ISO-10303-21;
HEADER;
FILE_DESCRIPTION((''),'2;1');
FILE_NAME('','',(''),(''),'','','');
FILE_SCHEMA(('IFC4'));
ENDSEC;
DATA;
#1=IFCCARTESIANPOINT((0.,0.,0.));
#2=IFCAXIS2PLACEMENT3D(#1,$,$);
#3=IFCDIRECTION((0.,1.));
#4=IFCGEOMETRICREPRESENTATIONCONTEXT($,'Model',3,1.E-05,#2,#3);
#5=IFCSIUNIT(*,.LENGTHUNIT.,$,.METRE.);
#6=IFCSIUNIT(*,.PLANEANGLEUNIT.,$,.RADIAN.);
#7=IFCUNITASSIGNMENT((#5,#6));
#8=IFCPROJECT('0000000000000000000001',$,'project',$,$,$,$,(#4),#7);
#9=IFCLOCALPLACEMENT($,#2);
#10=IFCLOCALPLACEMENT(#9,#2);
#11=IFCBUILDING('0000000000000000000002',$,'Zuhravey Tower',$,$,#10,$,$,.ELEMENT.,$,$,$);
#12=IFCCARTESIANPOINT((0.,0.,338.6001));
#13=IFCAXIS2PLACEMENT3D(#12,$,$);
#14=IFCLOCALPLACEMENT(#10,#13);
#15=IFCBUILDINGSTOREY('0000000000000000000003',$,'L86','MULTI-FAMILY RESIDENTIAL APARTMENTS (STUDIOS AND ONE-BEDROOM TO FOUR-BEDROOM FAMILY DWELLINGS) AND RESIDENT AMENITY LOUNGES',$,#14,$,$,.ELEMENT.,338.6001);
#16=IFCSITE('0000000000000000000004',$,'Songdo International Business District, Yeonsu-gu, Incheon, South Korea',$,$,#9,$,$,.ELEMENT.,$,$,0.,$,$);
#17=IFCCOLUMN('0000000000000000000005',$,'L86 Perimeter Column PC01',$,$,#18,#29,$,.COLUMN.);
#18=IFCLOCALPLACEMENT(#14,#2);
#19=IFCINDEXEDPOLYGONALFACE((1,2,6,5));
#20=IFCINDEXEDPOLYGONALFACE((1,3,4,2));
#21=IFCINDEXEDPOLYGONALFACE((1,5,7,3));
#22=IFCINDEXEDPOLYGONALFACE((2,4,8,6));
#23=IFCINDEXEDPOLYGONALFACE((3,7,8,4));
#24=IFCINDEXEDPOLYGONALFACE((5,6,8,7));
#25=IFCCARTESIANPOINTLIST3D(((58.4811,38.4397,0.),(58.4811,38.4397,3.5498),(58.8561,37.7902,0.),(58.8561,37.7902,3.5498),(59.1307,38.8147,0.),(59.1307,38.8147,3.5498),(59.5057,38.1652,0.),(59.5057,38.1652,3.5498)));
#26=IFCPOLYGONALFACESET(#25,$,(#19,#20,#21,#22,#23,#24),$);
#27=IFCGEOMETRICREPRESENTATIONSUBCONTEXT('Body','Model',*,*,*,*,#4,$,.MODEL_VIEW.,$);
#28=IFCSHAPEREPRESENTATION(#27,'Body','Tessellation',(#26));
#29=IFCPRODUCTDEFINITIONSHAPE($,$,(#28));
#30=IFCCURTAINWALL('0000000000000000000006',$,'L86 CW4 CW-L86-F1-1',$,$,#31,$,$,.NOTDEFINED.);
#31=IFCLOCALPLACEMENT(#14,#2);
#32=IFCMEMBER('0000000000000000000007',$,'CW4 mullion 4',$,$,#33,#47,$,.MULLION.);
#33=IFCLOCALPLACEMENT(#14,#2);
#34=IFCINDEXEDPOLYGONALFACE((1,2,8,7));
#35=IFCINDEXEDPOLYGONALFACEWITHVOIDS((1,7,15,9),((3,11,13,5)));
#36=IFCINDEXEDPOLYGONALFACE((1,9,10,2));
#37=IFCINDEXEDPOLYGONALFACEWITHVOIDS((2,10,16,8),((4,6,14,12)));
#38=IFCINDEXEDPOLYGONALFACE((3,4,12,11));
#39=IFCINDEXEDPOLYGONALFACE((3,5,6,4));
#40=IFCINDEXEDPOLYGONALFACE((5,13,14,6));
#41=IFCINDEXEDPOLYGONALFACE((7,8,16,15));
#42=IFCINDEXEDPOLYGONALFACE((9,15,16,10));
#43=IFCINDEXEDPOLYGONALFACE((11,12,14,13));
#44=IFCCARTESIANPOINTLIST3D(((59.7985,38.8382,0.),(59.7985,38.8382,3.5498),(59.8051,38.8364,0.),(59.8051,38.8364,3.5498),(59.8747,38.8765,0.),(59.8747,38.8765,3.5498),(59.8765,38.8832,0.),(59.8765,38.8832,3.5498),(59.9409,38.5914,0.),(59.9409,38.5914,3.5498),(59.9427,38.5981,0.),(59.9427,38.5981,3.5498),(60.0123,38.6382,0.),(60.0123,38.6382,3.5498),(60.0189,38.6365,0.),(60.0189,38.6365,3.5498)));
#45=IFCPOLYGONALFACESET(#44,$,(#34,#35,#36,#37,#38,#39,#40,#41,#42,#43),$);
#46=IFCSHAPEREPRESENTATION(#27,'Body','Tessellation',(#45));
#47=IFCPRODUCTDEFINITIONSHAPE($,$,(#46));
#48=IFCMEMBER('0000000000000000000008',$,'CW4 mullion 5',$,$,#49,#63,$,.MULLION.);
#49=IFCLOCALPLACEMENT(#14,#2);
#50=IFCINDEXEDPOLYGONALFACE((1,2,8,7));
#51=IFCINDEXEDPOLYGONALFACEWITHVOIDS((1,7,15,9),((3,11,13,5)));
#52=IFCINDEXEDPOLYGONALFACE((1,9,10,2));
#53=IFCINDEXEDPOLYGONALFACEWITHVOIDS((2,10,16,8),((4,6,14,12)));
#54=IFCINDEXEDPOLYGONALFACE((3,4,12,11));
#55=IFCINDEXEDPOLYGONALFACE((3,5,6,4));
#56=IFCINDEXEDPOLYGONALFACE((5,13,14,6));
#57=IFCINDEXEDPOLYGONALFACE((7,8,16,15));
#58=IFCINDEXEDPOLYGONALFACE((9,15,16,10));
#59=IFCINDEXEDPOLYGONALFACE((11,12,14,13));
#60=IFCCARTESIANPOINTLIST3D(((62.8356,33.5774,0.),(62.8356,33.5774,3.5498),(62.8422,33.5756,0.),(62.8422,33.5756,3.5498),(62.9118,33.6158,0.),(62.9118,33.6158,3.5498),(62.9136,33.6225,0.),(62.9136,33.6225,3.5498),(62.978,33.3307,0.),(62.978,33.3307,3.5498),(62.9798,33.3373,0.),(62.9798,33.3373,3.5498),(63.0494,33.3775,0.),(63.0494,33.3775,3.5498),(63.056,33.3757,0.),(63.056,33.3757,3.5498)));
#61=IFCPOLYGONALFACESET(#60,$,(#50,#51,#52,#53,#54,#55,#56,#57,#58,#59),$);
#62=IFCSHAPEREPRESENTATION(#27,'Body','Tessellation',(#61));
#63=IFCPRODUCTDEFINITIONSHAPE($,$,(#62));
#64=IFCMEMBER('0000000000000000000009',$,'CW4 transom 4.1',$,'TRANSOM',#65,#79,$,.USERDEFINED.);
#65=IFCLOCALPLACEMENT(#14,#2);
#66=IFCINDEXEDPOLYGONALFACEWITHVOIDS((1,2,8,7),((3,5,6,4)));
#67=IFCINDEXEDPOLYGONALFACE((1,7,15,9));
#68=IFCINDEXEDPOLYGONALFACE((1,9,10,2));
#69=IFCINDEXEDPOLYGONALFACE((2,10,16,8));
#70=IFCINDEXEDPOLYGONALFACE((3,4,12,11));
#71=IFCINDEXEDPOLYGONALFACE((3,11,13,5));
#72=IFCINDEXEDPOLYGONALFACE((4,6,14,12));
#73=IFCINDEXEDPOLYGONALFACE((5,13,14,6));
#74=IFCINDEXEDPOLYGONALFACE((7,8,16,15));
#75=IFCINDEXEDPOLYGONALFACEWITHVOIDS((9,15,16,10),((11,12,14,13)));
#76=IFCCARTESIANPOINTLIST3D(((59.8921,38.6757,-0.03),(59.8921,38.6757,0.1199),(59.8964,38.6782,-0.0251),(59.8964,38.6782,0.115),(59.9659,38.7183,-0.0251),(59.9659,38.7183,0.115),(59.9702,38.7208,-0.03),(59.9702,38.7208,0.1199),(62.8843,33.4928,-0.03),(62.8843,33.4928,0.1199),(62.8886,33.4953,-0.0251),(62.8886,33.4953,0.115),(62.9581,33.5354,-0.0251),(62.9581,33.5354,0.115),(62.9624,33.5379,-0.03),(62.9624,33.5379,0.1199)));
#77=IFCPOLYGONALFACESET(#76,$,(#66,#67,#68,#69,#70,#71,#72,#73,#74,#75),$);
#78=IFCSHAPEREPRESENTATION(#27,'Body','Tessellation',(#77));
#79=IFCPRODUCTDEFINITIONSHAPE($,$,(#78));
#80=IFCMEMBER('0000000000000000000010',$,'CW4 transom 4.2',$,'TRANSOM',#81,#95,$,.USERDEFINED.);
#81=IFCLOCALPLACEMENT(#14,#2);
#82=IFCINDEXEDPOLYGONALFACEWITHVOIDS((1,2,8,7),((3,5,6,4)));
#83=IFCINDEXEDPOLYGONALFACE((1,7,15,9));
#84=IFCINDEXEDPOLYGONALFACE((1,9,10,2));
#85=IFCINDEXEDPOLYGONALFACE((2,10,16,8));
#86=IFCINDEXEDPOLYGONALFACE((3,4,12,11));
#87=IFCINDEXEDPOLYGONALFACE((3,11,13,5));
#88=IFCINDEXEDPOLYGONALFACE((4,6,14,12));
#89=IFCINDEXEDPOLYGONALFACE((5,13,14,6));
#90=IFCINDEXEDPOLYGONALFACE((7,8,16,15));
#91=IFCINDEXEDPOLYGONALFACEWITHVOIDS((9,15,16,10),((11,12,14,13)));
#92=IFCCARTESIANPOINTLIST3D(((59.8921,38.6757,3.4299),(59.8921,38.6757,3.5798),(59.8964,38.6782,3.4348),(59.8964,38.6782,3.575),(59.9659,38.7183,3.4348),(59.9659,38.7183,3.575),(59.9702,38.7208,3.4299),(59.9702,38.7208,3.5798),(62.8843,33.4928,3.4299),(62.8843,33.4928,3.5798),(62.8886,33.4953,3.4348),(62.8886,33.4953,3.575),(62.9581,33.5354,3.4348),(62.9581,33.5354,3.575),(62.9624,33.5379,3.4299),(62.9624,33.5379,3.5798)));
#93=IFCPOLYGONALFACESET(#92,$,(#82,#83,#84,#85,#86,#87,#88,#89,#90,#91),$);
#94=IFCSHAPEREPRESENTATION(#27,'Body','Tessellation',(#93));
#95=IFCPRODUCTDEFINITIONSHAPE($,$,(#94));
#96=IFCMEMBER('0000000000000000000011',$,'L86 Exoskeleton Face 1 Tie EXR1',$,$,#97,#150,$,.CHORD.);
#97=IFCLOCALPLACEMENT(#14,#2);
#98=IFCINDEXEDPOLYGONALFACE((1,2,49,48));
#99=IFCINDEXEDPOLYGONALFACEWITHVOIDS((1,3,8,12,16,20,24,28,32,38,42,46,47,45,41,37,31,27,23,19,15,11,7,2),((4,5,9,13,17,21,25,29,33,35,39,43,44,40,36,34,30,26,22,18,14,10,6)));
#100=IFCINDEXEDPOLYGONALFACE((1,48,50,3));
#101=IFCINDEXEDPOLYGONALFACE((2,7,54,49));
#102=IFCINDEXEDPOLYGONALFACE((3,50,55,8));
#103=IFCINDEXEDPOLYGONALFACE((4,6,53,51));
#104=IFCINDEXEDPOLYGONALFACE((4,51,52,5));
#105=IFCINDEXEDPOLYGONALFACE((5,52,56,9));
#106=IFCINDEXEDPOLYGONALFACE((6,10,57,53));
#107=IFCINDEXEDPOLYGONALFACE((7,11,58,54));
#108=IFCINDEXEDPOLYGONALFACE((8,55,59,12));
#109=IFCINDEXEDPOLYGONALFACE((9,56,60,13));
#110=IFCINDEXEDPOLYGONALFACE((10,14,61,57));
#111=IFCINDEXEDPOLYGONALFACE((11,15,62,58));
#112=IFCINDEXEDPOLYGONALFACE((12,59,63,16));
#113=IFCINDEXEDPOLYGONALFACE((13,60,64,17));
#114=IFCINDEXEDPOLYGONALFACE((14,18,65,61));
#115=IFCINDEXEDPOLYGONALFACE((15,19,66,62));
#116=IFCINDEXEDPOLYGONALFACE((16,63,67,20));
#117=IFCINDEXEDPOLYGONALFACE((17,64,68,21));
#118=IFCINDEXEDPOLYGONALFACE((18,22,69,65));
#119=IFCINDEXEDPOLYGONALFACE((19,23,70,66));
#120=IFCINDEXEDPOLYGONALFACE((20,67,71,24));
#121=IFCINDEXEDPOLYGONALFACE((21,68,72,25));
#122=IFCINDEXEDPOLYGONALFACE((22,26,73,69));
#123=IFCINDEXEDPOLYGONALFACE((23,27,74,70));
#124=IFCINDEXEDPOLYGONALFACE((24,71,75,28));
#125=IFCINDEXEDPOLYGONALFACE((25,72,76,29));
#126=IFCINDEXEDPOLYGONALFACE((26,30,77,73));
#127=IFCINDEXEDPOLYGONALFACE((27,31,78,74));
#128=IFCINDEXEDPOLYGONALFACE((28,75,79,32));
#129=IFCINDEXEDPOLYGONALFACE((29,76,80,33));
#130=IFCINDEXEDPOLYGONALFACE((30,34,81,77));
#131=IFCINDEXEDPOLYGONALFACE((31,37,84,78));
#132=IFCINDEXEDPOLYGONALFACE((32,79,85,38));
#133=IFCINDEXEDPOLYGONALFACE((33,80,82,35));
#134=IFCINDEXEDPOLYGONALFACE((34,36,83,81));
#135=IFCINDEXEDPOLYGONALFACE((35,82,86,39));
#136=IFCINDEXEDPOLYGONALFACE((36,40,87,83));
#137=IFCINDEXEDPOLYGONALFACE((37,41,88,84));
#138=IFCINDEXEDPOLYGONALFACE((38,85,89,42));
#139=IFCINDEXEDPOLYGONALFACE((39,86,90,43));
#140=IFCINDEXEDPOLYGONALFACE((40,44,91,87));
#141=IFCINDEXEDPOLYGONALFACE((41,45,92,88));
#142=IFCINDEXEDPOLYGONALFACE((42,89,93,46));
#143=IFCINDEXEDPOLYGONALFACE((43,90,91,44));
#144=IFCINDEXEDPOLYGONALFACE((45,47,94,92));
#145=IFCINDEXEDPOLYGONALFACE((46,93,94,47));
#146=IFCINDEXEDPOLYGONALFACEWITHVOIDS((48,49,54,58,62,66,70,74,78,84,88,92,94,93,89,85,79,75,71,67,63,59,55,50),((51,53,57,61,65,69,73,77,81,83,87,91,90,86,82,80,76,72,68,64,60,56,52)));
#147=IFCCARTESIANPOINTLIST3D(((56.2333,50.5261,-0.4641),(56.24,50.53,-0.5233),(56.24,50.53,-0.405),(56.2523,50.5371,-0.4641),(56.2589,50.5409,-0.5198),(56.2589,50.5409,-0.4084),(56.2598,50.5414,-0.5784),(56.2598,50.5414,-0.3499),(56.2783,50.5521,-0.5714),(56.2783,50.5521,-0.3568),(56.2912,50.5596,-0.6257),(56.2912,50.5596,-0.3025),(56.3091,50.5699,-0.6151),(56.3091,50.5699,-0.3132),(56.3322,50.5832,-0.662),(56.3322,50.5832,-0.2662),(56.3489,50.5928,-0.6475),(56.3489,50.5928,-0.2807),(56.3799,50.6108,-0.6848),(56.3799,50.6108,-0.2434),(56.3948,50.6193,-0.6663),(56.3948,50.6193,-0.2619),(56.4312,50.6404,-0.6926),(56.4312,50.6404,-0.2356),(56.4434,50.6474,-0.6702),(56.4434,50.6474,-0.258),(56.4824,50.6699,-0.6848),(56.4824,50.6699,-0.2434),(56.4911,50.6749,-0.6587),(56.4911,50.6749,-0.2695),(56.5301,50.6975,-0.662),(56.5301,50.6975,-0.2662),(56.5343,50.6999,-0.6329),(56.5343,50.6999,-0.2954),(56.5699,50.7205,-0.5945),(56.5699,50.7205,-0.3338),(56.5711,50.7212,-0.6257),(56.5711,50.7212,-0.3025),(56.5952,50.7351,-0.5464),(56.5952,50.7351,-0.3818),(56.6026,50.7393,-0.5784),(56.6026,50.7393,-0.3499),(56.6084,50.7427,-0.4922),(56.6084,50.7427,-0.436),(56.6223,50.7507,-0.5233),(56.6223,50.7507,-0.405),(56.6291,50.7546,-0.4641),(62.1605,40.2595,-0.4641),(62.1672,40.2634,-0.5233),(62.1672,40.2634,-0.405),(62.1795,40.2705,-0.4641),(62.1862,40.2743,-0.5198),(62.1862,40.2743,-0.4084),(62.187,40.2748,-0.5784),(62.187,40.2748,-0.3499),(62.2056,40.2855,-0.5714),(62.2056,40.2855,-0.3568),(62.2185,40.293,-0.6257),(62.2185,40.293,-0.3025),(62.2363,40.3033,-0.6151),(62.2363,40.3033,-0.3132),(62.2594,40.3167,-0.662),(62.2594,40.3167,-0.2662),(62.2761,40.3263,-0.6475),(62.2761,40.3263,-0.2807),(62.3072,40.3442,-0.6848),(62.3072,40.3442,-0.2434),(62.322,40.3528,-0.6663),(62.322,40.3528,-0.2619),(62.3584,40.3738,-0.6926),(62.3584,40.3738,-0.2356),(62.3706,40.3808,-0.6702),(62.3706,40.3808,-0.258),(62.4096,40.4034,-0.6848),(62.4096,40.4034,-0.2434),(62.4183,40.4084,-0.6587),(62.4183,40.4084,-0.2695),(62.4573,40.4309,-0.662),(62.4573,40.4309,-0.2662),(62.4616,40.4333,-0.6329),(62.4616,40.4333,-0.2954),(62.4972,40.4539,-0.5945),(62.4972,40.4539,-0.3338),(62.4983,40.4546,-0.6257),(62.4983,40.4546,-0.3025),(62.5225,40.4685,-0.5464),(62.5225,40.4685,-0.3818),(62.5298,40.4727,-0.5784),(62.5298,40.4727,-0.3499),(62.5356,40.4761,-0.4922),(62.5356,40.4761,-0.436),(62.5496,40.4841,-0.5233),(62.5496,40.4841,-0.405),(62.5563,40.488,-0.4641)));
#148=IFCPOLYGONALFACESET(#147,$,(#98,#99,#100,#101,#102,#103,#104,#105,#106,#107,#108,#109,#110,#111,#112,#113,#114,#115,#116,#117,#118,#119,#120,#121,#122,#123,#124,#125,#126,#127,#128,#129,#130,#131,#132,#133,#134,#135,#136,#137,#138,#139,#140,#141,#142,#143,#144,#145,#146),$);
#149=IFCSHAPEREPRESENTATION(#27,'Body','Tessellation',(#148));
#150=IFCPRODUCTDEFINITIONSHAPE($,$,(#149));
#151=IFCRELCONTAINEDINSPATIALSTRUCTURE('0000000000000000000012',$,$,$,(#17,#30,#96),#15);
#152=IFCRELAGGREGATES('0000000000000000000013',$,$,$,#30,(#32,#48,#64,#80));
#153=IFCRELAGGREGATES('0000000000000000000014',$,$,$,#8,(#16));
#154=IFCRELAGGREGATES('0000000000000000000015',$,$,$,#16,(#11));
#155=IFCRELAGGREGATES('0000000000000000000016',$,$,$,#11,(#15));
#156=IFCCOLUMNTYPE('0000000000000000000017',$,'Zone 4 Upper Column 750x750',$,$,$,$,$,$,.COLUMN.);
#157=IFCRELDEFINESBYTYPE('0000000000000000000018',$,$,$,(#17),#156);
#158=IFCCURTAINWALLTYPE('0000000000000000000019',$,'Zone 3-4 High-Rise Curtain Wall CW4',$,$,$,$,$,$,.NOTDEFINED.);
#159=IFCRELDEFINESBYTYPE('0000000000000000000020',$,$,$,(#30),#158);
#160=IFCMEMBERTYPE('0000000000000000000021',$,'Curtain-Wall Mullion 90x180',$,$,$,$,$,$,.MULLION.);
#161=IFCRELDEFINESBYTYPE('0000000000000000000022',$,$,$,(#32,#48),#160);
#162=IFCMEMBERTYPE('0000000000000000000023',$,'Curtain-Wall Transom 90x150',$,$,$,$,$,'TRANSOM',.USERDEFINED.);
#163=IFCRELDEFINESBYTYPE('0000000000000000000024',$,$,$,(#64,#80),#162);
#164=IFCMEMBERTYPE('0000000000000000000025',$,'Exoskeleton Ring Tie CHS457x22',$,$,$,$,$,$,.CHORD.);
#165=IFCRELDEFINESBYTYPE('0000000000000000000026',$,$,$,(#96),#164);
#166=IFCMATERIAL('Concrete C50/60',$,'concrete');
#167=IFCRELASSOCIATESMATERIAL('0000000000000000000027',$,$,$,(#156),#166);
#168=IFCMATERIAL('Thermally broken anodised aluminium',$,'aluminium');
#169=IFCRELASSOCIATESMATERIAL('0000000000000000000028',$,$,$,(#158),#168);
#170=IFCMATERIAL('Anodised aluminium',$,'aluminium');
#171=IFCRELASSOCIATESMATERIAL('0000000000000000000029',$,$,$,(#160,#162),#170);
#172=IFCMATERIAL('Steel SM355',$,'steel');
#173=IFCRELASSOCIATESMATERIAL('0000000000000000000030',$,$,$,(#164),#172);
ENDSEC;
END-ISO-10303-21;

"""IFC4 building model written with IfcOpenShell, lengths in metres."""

from ifc_helpers import new_model, si_unit, direction, frame, origin, origin_2d, place, context, subcontext, project, spatial, rectangle, hollow_rectangle, hollow_circle, extrude, material, material_profile, profile_set, type_object, element, aggregate, save


model = new_model("IFC4")

# Units and contexts
model_context = context("Model", 3, precision=1e-05, world=origin(), true_north=direction((0.0, 1.0)))
body_context = subcontext(model_context, "Body", "Model", "MODEL_VIEW")
ifc_project = project(units=[si_unit("LENGTHUNIT", "METRE"), si_unit("PLANEANGLEUNIT", "RADIAN")], contexts=[model_context])

# Site, building, storey
site_placement = place(None, origin())
site = spatial("IfcSite", under=ifc_project, at=site_placement, Name="Songdo International Business District, Yeonsu-gu, Incheon, South Korea", CompositionType="ELEMENT", RefElevation=0.0)
building_placement = place(site_placement, origin())
building = spatial("IfcBuilding", under=site, at=building_placement, Name="Zuhravey Tower", CompositionType="ELEMENT")
storey_placement = place(building_placement, frame((0.0, 0.0, 338.6001)))
storey = spatial("IfcBuildingStorey", under=building, at=storey_placement, Name="L86", Description="MULTI-FAMILY RESIDENTIAL APARTMENTS (STUDIOS AND ONE-BEDROOM TO FOUR-BEDROOM FAMILY DWELLINGS) AND RESIDENT AMENITY LOUNGES", CompositionType="ELEMENT", Elevation=338.6001)

# Column
ifc_material_1 = material(Name="Concrete C50/60", Category="concrete")
ifc_material_profile_1 = material_profile(ifc_material_1, rectangle(XDim=0.75, YDim=0.75, at=origin_2d()), Name="RC-750x750")
ifc_profile_set_1 = profile_set([ifc_material_profile_1], Name="Concrete C50/60")
column_type = type_object("IfcColumnType", Name="Zone 4 Upper Column 750x750", PredefinedType="COLUMN", material=ifc_profile_set_1)
column_placement = place(storey_placement, frame((58.9934, 38.3025, 0.0), z_axis=(0.0, 0.0, 1.0), x_axis=(-0.5, 0.866025, 0.0)))
element("IfcColumn", 1, at=column_placement, inside=storey, type_object=column_type, Name="L86 Perimeter Column PC01", PredefinedType="COLUMN", context=body_context, shape_type="SweptSolid", body=[
    extrude(rectangle(XDim=0.75, YDim=0.75, at=origin_2d()), origin(), (0.0, 0.0, 1.0), 3.5498),
])

# Curtain wall, members
ifc_material_2 = material(Name="Thermally broken anodised aluminium", Category="aluminium")
curtain_wall_type = type_object("IfcCurtainWallType", Name="Zone 3-4 High-Rise Curtain Wall CW4", PredefinedType="NOTDEFINED", material=ifc_material_2)
curtain_wall_placement = place(storey_placement, origin())
curtain_wall = element("IfcCurtainWall", 2, at=curtain_wall_placement, inside=storey, type_object=curtain_wall_type, Name="L86 CW4 CW-L86-F1-1", PredefinedType="NOTDEFINED")
ifc_material_3 = material(Name="Anodised aluminium", Category="aluminium")
ifc_material_profile_2 = material_profile(ifc_material_3, hollow_rectangle(XDim=0.0901, YDim=0.2849, WallThickness=0.0049, at=origin_2d()), Name="ALU-RHS-90x285x5")
ifc_profile_set_2 = profile_set([ifc_material_profile_2], Name="Anodised aluminium")
member_type_1 = type_object("IfcMemberType", Name="Curtain-Wall Mullion 90x180", PredefinedType="MULLION", material=ifc_profile_set_2)
member_1_placement = place(storey_placement, frame((59.9087, 38.7373, 0.0), z_axis=(0.0, 0.0, 1.0), x_axis=(0.866026, 0.5, 0.0)))
member_1 = element("IfcMember", 3, at=member_1_placement, type_object=member_type_1, Name="CW4 mullion 4", PredefinedType="MULLION", context=body_context, shape_type="SweptSolid", body=[
    extrude(hollow_rectangle(XDim=0.0901, YDim=0.2849, WallThickness=0.0049, at=origin_2d()), origin(), (0.0, 0.0, 1.0), 3.5498),
])
member_2_placement = place(storey_placement, frame((62.9458, 33.4766, 0.0), z_axis=(0.0, 0.0, 1.0), x_axis=(0.866026, 0.5, 0.0)))
member_2 = element("IfcMember", 4, at=member_2_placement, type_object=member_type_1, Name="CW4 mullion 5", PredefinedType="MULLION", context=body_context, shape_type="SweptSolid", body=[
    extrude(hollow_rectangle(XDim=0.0901, YDim=0.2849, WallThickness=0.0049, at=origin_2d()), origin(), (0.0, 0.0, 1.0), 3.5498),
])
ifc_material_profile_3 = material_profile(ifc_material_3, hollow_rectangle(XDim=0.0901, YDim=0.1499, WallThickness=0.0049, at=origin_2d()), Name="ALU-RHS-90x150x5")
ifc_profile_set_3 = profile_set([ifc_material_profile_3], Name="Anodised aluminium")
member_type_2 = type_object("IfcMemberType", Name="Curtain-Wall Transom 90x150", ElementType="TRANSOM", PredefinedType="USERDEFINED", material=ifc_profile_set_3)
member_3_placement = place(storey_placement, frame((59.9312, 38.6982, 0.0449), z_axis=(0.499983, -0.866035, 0.0), x_axis=(0.866035, 0.499983, 0.0)))
member_3 = element("IfcMember", 5, at=member_3_placement, type_object=member_type_2, Name="CW4 transom 4.1", ObjectType="TRANSOM", PredefinedType="USERDEFINED", context=body_context, shape_type="SweptSolid", body=[
    extrude(hollow_rectangle(XDim=0.0901, YDim=0.1499, WallThickness=0.0049, at=origin_2d()), origin(), (0.0, 0.0, 1.0), 5.9846),
])
member_4_placement = place(storey_placement, frame((59.9312, 38.6982, 3.5049), z_axis=(0.499983, -0.866035, 0.0), x_axis=(0.866035, 0.499983, 0.0)))
member_4 = element("IfcMember", 6, at=member_4_placement, type_object=member_type_2, Name="CW4 transom 4.2", ObjectType="TRANSOM", PredefinedType="USERDEFINED", context=body_context, shape_type="SweptSolid", body=[
    extrude(hollow_rectangle(XDim=0.0901, YDim=0.1499, WallThickness=0.0049, at=origin_2d()), origin(), (0.0, 0.0, 1.0), 5.9846),
])

# Member
ifc_material_4 = material(Name="Steel SM355", Category="steel")
ifc_material_profile_4 = material_profile(ifc_material_4, hollow_circle(Radius=0.2285, WallThickness=0.022, at=origin_2d()), Name="CHS-457.2x22")
ifc_profile_set_4 = profile_set([ifc_material_profile_4], Name="Steel SM355")
member_type_3 = type_object("IfcMemberType", Name="Exoskeleton Ring Tie CHS457x22", PredefinedType="CHORD", material=ifc_profile_set_4)
member_5_placement = place(storey_placement, frame((62.3584, 40.3738, -0.4641), z_axis=(-0.499989, 0.866032, 0.0), x_axis=(-0.866032, -0.499989, 0.0)))
element("IfcMember", 7, at=member_5_placement, inside=storey, type_object=member_type_3, Name="L86 Exoskeleton Face 1 Tie EXR1", PredefinedType="CHORD", context=body_context, shape_type="SweptSolid", body=[
    extrude(hollow_circle(Radius=0.2285, WallThickness=0.022, at=origin_2d()), origin(), (0.0, 0.0, 1.0), 11.8547),
])

aggregate(curtain_wall, [member_1, member_2, member_3, member_4])

save(model, "model.ifc")
